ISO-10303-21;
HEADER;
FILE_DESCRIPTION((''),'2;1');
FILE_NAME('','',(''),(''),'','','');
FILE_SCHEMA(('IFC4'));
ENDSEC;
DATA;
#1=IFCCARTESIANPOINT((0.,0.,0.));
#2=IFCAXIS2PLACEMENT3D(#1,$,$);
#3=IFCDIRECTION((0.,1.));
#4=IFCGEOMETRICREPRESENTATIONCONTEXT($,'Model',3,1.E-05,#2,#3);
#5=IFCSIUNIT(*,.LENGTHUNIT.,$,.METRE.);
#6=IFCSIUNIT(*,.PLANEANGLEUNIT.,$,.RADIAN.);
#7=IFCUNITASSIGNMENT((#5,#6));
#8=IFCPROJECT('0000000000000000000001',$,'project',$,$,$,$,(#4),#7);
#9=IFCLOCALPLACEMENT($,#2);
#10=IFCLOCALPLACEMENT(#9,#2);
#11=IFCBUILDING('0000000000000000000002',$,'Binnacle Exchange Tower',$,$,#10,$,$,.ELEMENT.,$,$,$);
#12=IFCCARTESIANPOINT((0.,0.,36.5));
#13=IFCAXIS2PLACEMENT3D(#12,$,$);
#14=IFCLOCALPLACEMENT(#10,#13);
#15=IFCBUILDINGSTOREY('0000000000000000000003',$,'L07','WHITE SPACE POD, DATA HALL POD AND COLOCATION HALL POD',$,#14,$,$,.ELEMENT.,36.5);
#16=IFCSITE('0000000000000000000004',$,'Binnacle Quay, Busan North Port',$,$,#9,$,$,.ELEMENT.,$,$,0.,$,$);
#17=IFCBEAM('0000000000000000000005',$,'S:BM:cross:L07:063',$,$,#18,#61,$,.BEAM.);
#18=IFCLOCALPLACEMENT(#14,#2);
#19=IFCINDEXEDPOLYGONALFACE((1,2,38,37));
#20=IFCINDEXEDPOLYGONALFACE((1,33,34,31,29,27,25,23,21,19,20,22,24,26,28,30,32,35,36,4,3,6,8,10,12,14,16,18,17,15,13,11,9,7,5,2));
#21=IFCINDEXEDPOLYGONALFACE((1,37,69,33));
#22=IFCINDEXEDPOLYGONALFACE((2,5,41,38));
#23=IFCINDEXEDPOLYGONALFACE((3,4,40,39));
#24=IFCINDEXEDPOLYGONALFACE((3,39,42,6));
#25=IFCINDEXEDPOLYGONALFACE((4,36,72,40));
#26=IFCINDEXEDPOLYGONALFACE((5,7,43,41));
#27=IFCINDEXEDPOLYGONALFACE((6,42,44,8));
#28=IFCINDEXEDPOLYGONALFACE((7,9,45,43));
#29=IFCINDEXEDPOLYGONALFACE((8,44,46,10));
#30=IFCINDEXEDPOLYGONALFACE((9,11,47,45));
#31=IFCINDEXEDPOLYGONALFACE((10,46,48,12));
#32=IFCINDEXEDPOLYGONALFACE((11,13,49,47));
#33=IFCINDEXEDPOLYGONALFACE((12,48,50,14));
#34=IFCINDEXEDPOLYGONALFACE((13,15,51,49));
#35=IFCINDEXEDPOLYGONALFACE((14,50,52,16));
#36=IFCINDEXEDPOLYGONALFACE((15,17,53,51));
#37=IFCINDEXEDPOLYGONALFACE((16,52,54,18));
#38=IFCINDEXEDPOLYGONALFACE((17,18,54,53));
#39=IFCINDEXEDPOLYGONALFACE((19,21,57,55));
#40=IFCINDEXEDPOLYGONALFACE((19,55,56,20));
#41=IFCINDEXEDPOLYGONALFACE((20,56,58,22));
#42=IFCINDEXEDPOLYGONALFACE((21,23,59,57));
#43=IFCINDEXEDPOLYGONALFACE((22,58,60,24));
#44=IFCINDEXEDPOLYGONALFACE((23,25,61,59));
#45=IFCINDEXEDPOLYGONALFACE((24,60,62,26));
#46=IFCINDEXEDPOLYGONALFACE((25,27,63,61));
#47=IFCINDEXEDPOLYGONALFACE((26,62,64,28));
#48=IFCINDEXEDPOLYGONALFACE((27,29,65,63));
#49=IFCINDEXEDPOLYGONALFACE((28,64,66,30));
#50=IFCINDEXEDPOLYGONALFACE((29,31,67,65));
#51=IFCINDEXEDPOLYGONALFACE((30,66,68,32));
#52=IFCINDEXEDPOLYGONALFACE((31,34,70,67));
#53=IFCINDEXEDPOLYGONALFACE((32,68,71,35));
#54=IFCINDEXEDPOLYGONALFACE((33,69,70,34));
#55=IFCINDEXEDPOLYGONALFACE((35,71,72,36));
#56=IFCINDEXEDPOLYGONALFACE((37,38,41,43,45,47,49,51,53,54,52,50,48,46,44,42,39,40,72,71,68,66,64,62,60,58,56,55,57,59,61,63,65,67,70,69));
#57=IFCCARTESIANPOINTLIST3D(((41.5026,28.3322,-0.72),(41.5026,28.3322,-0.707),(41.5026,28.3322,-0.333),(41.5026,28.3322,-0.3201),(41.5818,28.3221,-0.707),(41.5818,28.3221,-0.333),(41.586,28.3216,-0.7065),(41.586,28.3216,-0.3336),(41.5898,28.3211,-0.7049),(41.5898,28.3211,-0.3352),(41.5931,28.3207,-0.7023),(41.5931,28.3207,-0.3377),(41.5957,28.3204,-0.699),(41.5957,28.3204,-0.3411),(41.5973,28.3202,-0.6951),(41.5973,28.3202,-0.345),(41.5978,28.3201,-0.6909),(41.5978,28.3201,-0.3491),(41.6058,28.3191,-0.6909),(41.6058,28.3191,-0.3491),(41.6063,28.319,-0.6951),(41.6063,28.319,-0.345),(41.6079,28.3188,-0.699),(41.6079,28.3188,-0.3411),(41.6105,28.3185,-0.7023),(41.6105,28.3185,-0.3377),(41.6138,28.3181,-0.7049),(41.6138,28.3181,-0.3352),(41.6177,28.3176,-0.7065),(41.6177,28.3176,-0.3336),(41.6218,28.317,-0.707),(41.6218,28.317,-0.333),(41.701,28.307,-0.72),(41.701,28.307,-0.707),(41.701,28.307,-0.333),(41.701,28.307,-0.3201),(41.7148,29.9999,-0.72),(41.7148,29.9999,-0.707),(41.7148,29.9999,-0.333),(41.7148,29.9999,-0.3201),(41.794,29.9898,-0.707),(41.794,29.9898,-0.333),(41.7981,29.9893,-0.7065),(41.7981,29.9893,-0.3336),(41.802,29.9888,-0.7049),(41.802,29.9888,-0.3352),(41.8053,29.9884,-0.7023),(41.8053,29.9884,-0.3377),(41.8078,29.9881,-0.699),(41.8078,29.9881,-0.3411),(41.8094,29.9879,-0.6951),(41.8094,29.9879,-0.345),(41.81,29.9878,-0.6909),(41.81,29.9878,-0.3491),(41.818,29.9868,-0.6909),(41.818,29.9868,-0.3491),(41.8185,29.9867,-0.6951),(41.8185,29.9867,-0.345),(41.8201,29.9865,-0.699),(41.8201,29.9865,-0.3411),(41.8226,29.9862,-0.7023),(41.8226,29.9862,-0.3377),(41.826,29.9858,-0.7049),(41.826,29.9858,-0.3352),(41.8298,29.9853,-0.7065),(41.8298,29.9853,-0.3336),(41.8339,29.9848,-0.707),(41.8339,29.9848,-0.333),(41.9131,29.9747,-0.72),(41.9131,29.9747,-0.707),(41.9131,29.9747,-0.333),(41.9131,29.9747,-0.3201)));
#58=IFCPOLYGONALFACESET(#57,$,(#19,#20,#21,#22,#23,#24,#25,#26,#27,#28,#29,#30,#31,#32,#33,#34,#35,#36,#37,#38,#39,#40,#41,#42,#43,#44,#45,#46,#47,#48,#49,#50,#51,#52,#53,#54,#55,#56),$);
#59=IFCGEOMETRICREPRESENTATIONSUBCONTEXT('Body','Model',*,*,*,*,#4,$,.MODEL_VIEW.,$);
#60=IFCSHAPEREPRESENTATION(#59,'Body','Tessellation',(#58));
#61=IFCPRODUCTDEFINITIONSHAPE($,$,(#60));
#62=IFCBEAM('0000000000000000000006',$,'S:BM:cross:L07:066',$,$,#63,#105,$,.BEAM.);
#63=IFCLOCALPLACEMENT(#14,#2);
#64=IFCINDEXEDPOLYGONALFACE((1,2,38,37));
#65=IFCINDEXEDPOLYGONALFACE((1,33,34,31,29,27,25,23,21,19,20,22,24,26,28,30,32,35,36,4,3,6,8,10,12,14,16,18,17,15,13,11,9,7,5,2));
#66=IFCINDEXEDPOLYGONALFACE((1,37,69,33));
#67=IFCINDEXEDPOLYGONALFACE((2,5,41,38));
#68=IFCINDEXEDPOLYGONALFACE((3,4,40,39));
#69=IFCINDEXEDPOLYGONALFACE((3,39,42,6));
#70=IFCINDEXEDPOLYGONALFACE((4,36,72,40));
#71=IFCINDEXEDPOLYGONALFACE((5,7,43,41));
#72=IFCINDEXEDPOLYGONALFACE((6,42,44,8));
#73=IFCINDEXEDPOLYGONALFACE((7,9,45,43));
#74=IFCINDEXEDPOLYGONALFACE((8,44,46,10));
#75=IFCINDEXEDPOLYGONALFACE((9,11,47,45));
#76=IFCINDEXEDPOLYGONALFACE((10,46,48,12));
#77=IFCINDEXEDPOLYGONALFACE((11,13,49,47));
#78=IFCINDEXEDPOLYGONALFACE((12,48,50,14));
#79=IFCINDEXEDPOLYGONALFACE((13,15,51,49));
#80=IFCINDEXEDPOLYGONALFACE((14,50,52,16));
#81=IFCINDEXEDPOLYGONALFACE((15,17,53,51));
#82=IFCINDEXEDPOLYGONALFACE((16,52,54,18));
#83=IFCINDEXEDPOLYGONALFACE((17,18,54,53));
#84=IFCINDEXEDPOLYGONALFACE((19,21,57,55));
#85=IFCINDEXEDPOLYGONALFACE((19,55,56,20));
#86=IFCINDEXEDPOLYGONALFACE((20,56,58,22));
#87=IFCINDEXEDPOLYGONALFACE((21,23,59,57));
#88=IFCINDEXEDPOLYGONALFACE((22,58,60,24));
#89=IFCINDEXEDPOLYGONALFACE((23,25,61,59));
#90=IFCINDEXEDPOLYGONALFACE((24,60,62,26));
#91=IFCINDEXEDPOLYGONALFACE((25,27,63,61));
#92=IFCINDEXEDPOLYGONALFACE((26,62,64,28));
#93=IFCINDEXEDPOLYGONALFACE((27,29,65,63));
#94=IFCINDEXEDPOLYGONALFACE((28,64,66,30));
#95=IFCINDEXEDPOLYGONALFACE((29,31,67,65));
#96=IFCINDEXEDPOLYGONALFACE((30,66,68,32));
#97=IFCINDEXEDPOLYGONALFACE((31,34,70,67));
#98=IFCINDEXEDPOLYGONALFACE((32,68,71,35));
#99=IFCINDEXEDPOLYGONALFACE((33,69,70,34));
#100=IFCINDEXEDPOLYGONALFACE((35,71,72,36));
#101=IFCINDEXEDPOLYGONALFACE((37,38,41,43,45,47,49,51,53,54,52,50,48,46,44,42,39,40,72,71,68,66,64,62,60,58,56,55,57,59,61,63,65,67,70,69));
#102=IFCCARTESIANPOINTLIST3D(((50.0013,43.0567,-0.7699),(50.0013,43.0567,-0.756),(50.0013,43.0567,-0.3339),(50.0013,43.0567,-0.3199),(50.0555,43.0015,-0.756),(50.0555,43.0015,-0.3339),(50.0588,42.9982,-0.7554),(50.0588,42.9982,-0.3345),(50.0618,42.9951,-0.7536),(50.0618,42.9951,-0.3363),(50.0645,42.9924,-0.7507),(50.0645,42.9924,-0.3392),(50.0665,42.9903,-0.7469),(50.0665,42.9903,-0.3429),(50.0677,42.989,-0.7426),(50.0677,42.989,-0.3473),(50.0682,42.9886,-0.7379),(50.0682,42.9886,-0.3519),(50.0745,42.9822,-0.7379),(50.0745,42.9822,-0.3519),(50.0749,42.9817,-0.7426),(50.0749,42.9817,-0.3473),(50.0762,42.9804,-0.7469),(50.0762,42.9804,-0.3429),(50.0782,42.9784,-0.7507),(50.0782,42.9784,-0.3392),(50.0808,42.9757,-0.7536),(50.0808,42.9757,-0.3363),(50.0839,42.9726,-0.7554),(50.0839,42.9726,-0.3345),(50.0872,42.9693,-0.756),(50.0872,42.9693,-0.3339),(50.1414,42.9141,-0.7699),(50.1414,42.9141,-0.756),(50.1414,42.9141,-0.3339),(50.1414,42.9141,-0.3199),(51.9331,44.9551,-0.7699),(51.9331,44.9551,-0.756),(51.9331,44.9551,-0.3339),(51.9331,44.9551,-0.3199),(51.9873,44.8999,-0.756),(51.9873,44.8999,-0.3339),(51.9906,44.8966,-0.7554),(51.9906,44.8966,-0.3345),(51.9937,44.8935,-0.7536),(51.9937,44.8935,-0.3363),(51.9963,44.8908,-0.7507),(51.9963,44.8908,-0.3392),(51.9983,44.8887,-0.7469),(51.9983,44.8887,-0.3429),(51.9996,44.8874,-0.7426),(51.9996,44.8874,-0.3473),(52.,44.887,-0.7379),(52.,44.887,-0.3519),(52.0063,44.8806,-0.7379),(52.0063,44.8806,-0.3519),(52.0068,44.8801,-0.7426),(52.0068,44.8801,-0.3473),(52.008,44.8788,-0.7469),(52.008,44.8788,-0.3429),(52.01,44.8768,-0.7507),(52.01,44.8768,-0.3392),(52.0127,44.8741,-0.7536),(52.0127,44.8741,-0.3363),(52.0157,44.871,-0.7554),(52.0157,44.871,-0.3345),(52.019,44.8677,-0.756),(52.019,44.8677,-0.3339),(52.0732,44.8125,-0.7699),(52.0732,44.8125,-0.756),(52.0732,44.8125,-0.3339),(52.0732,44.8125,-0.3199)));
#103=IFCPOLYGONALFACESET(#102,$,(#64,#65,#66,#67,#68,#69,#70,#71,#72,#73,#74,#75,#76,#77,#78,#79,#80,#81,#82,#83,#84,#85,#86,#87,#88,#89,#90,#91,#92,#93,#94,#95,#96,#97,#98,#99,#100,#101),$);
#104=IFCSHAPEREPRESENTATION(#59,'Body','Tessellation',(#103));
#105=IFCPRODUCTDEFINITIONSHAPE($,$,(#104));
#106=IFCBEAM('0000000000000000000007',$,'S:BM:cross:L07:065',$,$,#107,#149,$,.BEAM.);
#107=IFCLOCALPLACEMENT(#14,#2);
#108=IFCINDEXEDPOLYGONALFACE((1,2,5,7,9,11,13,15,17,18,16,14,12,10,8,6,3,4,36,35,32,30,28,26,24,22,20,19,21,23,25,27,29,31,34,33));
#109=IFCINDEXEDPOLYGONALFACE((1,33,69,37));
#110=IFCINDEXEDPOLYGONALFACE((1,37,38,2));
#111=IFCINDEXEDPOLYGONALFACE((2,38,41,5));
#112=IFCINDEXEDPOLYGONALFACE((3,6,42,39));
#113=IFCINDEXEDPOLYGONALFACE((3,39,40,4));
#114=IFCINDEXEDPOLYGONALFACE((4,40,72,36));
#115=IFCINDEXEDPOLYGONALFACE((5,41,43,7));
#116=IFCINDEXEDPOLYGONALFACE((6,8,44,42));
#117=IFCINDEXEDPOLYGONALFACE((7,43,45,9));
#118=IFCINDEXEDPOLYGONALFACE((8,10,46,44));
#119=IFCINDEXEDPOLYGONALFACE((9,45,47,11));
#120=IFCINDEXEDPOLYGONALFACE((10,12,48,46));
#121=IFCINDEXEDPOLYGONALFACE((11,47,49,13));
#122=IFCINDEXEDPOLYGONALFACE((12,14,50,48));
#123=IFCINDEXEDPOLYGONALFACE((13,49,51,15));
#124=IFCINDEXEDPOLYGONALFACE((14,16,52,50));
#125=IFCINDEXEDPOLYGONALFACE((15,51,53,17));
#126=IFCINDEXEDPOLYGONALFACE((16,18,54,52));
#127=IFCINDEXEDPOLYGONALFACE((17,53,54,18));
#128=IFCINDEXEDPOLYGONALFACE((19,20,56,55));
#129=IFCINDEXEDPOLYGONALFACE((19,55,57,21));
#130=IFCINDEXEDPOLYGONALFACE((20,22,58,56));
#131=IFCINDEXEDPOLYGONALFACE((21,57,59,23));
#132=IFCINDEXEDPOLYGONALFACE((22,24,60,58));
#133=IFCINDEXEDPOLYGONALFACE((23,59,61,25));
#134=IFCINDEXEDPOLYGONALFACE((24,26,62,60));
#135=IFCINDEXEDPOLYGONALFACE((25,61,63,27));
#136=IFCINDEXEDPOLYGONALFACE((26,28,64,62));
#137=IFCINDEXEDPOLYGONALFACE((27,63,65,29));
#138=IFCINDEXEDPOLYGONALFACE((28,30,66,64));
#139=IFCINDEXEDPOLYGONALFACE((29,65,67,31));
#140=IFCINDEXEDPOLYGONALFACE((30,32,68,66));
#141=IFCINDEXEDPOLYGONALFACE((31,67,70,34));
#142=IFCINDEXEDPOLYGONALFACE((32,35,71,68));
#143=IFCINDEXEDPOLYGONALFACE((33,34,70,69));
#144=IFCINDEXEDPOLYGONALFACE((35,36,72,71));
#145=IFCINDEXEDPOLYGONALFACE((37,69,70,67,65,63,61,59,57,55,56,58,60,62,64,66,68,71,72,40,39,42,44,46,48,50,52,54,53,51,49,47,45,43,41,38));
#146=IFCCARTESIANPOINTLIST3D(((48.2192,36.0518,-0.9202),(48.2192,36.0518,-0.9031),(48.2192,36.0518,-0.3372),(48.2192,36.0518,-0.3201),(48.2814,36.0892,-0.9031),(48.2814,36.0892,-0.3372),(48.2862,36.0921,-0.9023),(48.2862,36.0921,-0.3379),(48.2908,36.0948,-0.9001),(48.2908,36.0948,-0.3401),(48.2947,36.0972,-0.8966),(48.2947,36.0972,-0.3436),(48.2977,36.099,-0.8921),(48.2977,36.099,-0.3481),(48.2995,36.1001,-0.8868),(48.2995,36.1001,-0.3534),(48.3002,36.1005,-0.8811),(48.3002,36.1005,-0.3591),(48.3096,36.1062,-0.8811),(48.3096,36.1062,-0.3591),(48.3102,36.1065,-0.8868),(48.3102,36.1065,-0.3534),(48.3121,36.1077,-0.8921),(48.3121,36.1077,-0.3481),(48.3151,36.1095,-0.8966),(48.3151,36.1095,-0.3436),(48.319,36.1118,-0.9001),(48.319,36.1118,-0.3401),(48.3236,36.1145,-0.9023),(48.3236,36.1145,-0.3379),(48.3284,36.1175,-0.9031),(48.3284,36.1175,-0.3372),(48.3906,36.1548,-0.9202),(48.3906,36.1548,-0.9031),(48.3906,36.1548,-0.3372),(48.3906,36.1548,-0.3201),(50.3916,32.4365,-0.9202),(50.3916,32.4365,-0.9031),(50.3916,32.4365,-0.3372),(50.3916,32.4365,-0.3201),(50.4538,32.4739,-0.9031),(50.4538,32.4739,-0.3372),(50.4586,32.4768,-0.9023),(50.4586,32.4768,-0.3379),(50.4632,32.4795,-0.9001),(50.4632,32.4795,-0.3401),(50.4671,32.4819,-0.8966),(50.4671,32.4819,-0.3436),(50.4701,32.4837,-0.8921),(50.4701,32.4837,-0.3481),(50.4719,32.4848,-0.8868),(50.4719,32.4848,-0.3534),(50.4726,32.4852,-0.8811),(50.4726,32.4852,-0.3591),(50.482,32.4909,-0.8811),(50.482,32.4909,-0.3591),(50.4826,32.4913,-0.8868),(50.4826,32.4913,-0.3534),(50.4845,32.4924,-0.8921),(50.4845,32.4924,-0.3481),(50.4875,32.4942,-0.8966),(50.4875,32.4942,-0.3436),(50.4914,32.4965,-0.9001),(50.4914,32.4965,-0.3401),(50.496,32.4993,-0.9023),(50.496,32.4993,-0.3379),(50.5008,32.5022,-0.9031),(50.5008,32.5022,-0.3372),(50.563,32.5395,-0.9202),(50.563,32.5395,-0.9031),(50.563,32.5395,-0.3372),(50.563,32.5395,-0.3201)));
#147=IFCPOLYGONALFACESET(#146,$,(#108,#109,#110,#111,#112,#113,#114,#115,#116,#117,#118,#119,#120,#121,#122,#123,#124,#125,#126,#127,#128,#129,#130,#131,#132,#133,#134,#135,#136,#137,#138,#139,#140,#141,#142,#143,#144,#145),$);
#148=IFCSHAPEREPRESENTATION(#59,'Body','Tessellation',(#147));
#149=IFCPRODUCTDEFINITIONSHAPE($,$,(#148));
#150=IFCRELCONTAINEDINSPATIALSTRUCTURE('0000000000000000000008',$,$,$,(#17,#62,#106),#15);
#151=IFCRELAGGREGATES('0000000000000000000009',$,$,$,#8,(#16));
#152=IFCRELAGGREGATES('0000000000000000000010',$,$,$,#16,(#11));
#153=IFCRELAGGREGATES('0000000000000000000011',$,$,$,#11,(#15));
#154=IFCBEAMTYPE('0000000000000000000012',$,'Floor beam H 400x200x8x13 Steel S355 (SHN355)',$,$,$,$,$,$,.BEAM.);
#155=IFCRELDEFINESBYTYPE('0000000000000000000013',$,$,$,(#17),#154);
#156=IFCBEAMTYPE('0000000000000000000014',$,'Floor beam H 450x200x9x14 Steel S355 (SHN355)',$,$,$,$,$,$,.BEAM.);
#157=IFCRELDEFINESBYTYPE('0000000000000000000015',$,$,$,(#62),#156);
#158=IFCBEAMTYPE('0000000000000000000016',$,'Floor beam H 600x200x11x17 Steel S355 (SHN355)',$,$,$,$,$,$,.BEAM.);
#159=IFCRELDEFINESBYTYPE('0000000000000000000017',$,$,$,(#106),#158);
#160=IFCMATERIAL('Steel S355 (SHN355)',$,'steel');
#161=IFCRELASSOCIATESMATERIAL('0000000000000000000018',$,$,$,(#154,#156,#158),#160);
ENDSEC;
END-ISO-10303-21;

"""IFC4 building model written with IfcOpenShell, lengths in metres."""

from ifc_helpers import new_model, si_unit, direction, frame, origin, origin_2d, place, context, subcontext, project, spatial, i_section, extrude, material, material_profile, profile_set, type_object, element, save


model = new_model("IFC4")

# Units and contexts
model_context = context("Model", 3, precision=1e-05, world=origin(), true_north=direction((0.0, 1.0)))
body_context = subcontext(model_context, "Body", "Model", "MODEL_VIEW")
ifc_project = project(units=[si_unit("LENGTHUNIT", "METRE"), si_unit("PLANEANGLEUNIT", "RADIAN")], contexts=[model_context])

# Site, building, storey
site_placement = place(None, origin())
site = spatial("IfcSite", under=ifc_project, at=site_placement, Name="Binnacle Quay, Busan North Port", CompositionType="ELEMENT", RefElevation=0.0)
building_placement = place(site_placement, origin())
building = spatial("IfcBuilding", under=site, at=building_placement, Name="Binnacle Exchange Tower", CompositionType="ELEMENT")
storey_placement = place(building_placement, frame((0.0, 0.0, 36.5)))
storey = spatial("IfcBuildingStorey", under=building, at=storey_placement, Name="L07", Description="WHITE SPACE POD, DATA HALL POD AND COLOCATION HALL POD", CompositionType="ELEMENT", Elevation=36.5)

# Beams
ifc_material_1 = material(Name="Steel S355 (SHN355)", Category="steel")
ifc_material_profile_1 = material_profile(ifc_material_1, i_section(OverallWidth=0.2, OverallDepth=0.3999, WebThickness=0.0081, FlangeThickness=0.0129, FilletRadius=0.0161, at=origin_2d()), Name="H 400x200x8x13")
ifc_profile_set_1 = profile_set([ifc_material_profile_1], Name="Steel S355 (SHN355)")
beam_type_1 = type_object("IfcBeamType", Name="Floor beam H 400x200x8x13 Steel S355 (SHN355)", PredefinedType="BEAM", material=ifc_profile_set_1)
beam_1_placement = place(storey_placement, frame((41.6018, 28.3196, -0.52), z_axis=(0.126197, 0.992005, 0.0), x_axis=(-0.992005, 0.126197, 0.0)))
element("IfcBeam", 1, at=beam_1_placement, inside=storey, type_object=beam_type_1, Name="S:BM:cross:L07:063", PredefinedType="BEAM", context=body_context, shape_type="SweptSolid", body=[
    extrude(i_section(OverallWidth=0.2, OverallDepth=0.3999, WebThickness=0.0081, FlangeThickness=0.0129, FilletRadius=0.0161, at=origin_2d()), origin(), (0.0, 0.0, 1.0), 1.6812),
])
ifc_material_profile_2 = material_profile(ifc_material_1, i_section(OverallWidth=0.2, OverallDepth=0.45, WebThickness=0.009, FlangeThickness=0.0139, FilletRadius=0.0181, at=origin_2d()), Name="H 450x200x9x14")
ifc_profile_set_2 = profile_set([ifc_material_profile_2], Name="Steel S355 (SHN355)")
beam_type_2 = type_object("IfcBeamType", Name="Floor beam H 450x200x9x14 Steel S355 (SHN355)", PredefinedType="BEAM", material=ifc_profile_set_2)
beam_2_placement = place(storey_placement, frame((52.0032, 44.8838, -0.5449), z_axis=(-0.713254, -0.700905, 0.0), x_axis=(0.700905, -0.713254, 0.0)))
element("IfcBeam", 2, at=beam_2_placement, inside=storey, type_object=beam_type_2, Name="S:BM:cross:L07:066", PredefinedType="BEAM", context=body_context, shape_type="SweptSolid", body=[
    extrude(i_section(OverallWidth=0.2, OverallDepth=0.45, WebThickness=0.009, FlangeThickness=0.0139, FilletRadius=0.0181, at=origin_2d()), origin(), (0.0, 0.0, 1.0), 2.7085),
])
ifc_material_profile_3 = material_profile(ifc_material_1, i_section(OverallWidth=0.2, OverallDepth=0.6001, WebThickness=0.011, FlangeThickness=0.0171, FilletRadius=0.022, at=origin_2d()), Name="H 600x200x11x17")
ifc_profile_set_3 = profile_set([ifc_material_profile_3], Name="Steel S355 (SHN355)")
beam_type_3 = type_object("IfcBeamType", Name="Floor beam H 600x200x11x17 Steel S355 (SHN355)", PredefinedType="BEAM", material=ifc_profile_set_3)
beam_3_placement = place(storey_placement, frame((50.4773, 32.488, -0.6201), z_axis=(-0.515057, 0.857156, 0.0), x_axis=(-0.857156, -0.515057, 0.0)))
element("IfcBeam", 3, at=beam_3_placement, inside=storey, type_object=beam_type_3, Name="S:BM:cross:L07:065", PredefinedType="BEAM", context=body_context, shape_type="SweptSolid", body=[
    extrude(i_section(OverallWidth=0.2, OverallDepth=0.6001, WebThickness=0.011, FlangeThickness=0.0171, FilletRadius=0.022, at=origin_2d()), origin(), (0.0, 0.0, 1.0), 4.2178),
])

save(model, "model.ifc")
